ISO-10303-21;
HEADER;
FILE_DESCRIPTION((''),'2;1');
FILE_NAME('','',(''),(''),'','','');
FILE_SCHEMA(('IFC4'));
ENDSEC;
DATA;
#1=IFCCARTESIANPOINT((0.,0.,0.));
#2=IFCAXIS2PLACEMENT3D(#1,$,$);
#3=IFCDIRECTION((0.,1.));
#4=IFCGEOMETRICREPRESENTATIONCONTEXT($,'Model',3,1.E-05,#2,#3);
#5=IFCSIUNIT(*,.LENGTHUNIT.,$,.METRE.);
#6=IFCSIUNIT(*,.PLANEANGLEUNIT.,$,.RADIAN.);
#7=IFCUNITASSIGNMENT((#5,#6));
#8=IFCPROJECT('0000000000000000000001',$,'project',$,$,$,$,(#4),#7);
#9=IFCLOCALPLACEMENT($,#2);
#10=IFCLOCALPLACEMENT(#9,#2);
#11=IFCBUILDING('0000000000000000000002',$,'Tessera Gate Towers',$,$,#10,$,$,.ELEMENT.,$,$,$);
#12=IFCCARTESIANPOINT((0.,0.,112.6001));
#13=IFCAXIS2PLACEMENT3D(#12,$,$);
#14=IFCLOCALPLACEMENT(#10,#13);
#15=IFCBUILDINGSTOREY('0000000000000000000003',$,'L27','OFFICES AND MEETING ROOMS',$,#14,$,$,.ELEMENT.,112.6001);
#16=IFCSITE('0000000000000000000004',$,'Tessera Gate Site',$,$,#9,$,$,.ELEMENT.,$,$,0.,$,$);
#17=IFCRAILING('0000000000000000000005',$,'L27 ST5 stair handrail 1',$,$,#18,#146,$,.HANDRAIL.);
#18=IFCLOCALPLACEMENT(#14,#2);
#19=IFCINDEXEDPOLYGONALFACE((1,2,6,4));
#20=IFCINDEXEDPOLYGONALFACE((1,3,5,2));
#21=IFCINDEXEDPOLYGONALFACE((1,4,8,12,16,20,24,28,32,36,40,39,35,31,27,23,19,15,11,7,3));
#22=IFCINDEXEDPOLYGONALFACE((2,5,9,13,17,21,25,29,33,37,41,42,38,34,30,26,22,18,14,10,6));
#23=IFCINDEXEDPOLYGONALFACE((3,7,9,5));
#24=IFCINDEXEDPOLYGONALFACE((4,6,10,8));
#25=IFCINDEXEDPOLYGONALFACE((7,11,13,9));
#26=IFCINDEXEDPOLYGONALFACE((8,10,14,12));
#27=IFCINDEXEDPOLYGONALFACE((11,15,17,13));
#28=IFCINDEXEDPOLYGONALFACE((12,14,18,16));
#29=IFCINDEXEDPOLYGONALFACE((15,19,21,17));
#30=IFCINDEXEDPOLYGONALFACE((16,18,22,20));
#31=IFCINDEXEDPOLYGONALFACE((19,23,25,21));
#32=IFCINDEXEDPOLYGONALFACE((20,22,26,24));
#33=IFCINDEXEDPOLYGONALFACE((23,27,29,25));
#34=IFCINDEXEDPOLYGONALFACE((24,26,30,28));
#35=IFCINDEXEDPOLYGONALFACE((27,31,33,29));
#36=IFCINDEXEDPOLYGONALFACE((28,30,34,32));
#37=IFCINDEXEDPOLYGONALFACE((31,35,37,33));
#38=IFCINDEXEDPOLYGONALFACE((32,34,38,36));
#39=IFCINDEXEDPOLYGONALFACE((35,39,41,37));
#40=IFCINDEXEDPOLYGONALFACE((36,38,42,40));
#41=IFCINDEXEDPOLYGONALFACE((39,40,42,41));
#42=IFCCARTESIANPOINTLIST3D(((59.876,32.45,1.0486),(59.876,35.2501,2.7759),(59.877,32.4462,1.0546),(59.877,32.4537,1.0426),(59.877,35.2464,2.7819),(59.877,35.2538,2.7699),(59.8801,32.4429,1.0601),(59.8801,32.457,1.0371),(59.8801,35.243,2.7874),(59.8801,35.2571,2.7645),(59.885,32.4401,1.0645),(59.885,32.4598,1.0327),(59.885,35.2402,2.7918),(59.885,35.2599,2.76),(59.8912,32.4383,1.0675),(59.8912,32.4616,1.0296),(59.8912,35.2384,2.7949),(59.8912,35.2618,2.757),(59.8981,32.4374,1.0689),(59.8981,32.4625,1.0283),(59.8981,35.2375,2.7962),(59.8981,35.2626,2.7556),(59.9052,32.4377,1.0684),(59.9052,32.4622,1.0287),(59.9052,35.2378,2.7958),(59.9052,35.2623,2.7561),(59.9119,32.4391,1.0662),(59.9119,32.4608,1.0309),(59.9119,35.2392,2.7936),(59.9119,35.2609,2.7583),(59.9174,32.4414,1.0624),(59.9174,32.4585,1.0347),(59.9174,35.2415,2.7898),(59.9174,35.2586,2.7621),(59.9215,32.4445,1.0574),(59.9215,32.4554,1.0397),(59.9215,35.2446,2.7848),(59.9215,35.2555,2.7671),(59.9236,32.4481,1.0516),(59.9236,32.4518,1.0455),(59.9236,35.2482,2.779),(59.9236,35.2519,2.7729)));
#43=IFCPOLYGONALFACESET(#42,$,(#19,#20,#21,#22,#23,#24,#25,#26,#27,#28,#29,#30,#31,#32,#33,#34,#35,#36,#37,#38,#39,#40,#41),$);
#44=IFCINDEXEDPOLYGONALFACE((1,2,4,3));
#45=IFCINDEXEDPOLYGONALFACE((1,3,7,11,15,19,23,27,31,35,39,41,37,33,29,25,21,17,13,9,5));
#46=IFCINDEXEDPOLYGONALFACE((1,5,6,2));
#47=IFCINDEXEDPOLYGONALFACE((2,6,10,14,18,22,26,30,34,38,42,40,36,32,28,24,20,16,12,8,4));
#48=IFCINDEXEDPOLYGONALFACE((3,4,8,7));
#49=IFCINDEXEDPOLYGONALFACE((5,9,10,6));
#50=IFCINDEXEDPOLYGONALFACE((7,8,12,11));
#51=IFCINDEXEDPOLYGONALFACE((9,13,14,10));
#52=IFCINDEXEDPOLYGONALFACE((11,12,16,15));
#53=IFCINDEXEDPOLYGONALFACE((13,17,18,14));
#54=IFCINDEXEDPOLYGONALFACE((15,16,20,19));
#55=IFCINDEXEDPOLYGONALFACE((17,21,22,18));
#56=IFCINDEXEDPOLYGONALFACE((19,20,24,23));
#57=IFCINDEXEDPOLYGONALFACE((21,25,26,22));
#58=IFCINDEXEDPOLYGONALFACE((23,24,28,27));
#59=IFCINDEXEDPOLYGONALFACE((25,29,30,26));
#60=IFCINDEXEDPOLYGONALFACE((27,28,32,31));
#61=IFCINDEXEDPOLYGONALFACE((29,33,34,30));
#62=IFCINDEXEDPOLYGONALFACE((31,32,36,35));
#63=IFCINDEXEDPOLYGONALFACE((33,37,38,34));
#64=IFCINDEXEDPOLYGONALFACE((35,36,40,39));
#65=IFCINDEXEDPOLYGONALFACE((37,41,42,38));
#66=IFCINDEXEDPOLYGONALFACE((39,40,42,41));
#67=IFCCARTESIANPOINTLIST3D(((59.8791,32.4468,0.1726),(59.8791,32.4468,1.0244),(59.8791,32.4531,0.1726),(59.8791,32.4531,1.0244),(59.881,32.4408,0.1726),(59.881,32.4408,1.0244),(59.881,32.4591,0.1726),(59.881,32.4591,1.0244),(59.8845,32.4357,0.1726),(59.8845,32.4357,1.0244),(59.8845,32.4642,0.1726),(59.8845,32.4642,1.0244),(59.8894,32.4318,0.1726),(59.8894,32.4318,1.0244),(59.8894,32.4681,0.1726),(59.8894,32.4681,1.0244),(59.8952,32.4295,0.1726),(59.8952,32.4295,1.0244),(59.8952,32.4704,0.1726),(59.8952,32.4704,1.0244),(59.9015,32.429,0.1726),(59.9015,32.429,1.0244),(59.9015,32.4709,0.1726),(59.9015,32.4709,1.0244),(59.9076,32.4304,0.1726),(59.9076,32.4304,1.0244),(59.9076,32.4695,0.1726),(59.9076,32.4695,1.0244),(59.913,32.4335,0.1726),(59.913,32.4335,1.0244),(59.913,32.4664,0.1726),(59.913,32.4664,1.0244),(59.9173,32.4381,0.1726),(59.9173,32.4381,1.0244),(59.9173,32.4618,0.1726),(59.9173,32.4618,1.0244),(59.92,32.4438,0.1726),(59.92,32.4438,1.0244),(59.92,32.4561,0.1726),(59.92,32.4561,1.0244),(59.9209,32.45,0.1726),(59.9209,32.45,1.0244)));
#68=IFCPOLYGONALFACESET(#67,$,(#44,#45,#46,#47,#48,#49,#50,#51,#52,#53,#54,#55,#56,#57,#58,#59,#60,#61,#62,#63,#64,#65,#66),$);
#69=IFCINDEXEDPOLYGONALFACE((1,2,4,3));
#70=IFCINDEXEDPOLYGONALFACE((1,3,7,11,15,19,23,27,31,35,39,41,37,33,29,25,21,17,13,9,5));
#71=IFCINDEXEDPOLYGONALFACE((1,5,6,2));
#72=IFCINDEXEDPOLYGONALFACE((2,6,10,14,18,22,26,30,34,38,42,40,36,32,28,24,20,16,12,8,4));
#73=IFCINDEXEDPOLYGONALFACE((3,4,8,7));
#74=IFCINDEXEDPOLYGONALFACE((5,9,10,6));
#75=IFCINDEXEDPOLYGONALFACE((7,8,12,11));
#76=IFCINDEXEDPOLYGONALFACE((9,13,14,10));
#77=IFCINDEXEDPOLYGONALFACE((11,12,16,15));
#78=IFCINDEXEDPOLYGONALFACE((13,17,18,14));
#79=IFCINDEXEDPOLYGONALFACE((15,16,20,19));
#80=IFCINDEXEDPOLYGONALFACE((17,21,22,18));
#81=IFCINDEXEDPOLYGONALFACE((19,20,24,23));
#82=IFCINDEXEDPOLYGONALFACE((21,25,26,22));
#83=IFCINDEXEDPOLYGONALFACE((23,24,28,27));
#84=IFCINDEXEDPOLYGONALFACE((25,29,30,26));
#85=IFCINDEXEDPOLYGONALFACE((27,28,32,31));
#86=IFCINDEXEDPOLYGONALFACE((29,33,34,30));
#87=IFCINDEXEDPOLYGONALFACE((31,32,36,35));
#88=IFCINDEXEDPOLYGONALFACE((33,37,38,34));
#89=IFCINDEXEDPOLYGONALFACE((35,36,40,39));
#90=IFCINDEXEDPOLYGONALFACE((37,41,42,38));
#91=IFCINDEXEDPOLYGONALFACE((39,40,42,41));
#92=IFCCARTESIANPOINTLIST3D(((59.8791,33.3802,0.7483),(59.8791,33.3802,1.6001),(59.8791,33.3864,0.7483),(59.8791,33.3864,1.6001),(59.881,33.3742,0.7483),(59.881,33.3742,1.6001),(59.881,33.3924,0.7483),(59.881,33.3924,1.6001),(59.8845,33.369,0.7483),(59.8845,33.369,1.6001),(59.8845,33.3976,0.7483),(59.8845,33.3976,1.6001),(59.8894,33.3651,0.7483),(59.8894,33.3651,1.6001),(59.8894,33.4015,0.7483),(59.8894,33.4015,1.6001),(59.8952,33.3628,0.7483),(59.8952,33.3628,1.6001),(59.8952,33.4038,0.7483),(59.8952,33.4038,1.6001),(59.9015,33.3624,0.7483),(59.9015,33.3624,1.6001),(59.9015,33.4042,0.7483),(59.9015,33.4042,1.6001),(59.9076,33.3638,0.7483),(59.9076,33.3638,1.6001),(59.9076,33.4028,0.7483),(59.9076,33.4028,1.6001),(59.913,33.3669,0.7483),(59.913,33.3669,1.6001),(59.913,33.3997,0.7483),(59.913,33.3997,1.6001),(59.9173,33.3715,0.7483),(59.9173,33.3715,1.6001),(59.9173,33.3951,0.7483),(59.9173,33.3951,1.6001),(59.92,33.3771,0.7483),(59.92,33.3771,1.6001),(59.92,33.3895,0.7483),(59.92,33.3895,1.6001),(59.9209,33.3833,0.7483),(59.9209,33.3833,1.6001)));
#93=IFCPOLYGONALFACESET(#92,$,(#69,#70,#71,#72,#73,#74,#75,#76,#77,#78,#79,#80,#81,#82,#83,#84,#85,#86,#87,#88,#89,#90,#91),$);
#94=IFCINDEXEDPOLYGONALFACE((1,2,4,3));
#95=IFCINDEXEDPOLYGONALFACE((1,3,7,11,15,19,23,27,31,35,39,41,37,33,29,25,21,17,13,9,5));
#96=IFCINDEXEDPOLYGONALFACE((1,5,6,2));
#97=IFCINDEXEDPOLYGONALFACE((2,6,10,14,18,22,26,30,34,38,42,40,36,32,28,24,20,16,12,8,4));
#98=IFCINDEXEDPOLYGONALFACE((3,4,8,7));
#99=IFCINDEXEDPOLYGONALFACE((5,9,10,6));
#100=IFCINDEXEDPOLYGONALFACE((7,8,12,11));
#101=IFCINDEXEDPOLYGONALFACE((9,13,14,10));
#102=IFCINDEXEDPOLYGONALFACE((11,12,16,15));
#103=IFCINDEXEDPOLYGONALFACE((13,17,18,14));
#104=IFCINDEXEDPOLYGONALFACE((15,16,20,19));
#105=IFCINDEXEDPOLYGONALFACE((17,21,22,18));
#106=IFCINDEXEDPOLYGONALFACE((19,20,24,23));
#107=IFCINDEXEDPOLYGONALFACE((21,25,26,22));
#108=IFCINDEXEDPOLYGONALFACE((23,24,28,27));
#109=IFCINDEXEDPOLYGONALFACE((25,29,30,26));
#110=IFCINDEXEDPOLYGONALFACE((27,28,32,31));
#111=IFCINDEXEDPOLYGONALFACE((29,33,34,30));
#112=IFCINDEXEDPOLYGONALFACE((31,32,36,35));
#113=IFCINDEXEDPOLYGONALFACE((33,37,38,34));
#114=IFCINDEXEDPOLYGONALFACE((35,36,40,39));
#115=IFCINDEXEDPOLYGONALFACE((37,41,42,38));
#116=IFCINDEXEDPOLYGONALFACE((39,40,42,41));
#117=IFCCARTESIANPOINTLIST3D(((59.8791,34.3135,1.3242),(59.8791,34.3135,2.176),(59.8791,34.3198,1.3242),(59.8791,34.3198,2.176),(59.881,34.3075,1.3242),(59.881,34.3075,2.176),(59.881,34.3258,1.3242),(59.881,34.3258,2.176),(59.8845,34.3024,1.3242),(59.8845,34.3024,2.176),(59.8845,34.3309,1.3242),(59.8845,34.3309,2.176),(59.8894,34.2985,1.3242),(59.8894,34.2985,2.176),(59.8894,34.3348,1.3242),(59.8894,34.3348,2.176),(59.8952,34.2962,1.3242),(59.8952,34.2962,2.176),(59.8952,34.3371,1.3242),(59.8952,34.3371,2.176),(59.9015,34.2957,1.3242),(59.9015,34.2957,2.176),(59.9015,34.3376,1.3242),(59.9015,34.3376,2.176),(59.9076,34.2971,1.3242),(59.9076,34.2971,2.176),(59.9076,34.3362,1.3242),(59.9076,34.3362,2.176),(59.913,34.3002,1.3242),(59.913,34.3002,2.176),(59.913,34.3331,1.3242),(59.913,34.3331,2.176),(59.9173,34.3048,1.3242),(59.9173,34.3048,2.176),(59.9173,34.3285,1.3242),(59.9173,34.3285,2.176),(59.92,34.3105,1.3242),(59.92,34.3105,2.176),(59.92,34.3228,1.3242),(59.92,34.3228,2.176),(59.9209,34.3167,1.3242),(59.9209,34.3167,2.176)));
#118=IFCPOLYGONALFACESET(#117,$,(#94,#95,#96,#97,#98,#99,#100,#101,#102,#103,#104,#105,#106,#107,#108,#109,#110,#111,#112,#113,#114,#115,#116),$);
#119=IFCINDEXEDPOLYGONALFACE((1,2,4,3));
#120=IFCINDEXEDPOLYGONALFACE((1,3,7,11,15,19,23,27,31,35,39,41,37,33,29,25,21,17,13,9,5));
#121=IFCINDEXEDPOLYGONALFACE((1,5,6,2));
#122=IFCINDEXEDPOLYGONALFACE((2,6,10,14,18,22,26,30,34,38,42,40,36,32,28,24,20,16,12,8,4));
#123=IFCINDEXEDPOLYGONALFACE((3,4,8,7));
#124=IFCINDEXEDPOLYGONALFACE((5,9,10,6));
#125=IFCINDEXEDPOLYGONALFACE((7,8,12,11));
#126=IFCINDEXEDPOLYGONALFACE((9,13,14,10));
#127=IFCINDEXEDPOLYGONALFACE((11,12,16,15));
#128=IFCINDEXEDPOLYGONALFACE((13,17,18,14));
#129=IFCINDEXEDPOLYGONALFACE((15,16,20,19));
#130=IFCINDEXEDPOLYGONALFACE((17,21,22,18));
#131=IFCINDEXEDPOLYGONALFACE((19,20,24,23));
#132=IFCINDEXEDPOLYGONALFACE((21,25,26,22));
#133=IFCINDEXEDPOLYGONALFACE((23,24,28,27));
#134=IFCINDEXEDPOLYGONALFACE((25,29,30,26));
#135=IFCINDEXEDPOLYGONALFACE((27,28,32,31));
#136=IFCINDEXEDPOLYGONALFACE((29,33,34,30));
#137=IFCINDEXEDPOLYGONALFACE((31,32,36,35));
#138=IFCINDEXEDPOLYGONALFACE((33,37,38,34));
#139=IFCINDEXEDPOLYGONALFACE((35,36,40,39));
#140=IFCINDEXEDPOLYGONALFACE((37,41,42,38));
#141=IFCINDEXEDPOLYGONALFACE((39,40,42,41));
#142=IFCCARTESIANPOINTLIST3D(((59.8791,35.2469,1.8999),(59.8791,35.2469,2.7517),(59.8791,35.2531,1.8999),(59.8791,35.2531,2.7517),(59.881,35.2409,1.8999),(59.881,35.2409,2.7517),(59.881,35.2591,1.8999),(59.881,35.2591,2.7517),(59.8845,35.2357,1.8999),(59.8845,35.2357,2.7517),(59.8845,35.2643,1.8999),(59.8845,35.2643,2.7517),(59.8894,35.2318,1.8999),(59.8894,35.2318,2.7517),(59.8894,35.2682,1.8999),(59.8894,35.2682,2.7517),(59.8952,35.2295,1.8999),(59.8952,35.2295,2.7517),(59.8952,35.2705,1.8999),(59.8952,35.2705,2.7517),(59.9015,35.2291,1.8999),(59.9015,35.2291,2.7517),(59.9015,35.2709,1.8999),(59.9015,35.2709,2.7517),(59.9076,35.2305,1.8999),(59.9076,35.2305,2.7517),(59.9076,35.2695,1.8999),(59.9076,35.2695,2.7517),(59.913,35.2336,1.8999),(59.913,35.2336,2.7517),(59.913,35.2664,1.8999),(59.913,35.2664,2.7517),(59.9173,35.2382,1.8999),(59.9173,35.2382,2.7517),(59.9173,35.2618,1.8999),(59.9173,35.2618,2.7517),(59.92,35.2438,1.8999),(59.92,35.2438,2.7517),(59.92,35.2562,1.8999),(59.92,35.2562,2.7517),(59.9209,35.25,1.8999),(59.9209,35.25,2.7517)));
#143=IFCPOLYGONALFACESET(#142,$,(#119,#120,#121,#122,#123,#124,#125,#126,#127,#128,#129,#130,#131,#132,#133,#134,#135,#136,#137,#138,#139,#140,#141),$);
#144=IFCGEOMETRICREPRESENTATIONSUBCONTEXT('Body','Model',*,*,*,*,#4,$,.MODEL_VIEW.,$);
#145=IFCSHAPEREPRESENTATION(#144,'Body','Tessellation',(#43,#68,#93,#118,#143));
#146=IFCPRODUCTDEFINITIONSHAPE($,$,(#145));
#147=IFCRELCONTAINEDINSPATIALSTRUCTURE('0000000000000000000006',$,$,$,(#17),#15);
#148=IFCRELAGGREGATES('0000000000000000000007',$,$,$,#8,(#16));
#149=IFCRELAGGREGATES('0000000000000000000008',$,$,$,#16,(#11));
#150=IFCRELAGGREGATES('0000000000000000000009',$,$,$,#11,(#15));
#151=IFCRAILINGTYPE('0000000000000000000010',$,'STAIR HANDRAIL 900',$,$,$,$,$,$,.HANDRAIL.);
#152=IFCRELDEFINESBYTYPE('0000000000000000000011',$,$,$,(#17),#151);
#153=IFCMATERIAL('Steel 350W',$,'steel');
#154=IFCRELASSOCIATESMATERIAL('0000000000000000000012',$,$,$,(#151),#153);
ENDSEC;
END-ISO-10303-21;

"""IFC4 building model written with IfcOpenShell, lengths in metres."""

from ifc_helpers import new_model, si_unit, direction, frame, origin, origin_2d, place, context, subcontext, project, spatial, circle, extrude, material, type_object, element, save


model = new_model("IFC4")

# Units and contexts
model_context = context("Model", 3, precision=1e-05, world=origin(), true_north=direction((0.0, 1.0)))
body_context = subcontext(model_context, "Body", "Model", "MODEL_VIEW")
ifc_project = project(units=[si_unit("LENGTHUNIT", "METRE"), si_unit("PLANEANGLEUNIT", "RADIAN")], contexts=[model_context])

# Site, building, storey
site_placement = place(None, origin())
site = spatial("IfcSite", under=ifc_project, at=site_placement, Name="Tessera Gate Site", CompositionType="ELEMENT", RefElevation=0.0)
building_placement = place(site_placement, origin())
building = spatial("IfcBuilding", under=site, at=building_placement, Name="Tessera Gate Towers", CompositionType="ELEMENT")
storey_placement = place(building_placement, frame((0.0, 0.0, 112.6001)))
storey = spatial("IfcBuildingStorey", under=building, at=storey_placement, Name="L27", Description="OFFICES AND MEETING ROOMS", CompositionType="ELEMENT", Elevation=112.6001)

# Railing
ifc_material_1 = material(Name="Steel 350W", Category="steel")
railing_type_1 = type_object("IfcRailingType", Name="STAIR HANDRAIL 900", PredefinedType="HANDRAIL", material=ifc_material_1)
railing_1_placement = place(storey_placement, frame((59.8999, 32.45, 0.1726)))
element("IfcRailing", 1, at=railing_1_placement, inside=storey, type_object=railing_type_1, Name="L27 ST5 stair handrail 1", PredefinedType="HANDRAIL", context=body_context, shape_type="SweptSolid", body=[
    extrude(circle(Radius=0.0239, at=origin_2d()), frame((0.0, 0.0, 0.876), z_axis=(0.0, 0.85109, 0.52502), x_axis=(-1.0, 0.0, 0.0)), (0.0, 0.0, 1.0), 3.29),
    extrude(circle(Radius=0.021, at=origin_2d()), origin(), (0.0, 0.0, 1.0), 0.8518),
    extrude(circle(Radius=0.021, at=origin_2d()), frame((0.0, 0.9333, 0.5757)), (0.0, 0.0, 1.0), 0.8518),
    extrude(circle(Radius=0.021, at=origin_2d()), frame((0.0, 1.8667, 1.1516)), (0.0, 0.0, 1.0), 0.8518),
    extrude(circle(Radius=0.021, at=origin_2d()), frame((0.0, 2.8, 1.7273)), (0.0, 0.0, 1.0), 0.8518),
])

save(model, "model.ifc")
